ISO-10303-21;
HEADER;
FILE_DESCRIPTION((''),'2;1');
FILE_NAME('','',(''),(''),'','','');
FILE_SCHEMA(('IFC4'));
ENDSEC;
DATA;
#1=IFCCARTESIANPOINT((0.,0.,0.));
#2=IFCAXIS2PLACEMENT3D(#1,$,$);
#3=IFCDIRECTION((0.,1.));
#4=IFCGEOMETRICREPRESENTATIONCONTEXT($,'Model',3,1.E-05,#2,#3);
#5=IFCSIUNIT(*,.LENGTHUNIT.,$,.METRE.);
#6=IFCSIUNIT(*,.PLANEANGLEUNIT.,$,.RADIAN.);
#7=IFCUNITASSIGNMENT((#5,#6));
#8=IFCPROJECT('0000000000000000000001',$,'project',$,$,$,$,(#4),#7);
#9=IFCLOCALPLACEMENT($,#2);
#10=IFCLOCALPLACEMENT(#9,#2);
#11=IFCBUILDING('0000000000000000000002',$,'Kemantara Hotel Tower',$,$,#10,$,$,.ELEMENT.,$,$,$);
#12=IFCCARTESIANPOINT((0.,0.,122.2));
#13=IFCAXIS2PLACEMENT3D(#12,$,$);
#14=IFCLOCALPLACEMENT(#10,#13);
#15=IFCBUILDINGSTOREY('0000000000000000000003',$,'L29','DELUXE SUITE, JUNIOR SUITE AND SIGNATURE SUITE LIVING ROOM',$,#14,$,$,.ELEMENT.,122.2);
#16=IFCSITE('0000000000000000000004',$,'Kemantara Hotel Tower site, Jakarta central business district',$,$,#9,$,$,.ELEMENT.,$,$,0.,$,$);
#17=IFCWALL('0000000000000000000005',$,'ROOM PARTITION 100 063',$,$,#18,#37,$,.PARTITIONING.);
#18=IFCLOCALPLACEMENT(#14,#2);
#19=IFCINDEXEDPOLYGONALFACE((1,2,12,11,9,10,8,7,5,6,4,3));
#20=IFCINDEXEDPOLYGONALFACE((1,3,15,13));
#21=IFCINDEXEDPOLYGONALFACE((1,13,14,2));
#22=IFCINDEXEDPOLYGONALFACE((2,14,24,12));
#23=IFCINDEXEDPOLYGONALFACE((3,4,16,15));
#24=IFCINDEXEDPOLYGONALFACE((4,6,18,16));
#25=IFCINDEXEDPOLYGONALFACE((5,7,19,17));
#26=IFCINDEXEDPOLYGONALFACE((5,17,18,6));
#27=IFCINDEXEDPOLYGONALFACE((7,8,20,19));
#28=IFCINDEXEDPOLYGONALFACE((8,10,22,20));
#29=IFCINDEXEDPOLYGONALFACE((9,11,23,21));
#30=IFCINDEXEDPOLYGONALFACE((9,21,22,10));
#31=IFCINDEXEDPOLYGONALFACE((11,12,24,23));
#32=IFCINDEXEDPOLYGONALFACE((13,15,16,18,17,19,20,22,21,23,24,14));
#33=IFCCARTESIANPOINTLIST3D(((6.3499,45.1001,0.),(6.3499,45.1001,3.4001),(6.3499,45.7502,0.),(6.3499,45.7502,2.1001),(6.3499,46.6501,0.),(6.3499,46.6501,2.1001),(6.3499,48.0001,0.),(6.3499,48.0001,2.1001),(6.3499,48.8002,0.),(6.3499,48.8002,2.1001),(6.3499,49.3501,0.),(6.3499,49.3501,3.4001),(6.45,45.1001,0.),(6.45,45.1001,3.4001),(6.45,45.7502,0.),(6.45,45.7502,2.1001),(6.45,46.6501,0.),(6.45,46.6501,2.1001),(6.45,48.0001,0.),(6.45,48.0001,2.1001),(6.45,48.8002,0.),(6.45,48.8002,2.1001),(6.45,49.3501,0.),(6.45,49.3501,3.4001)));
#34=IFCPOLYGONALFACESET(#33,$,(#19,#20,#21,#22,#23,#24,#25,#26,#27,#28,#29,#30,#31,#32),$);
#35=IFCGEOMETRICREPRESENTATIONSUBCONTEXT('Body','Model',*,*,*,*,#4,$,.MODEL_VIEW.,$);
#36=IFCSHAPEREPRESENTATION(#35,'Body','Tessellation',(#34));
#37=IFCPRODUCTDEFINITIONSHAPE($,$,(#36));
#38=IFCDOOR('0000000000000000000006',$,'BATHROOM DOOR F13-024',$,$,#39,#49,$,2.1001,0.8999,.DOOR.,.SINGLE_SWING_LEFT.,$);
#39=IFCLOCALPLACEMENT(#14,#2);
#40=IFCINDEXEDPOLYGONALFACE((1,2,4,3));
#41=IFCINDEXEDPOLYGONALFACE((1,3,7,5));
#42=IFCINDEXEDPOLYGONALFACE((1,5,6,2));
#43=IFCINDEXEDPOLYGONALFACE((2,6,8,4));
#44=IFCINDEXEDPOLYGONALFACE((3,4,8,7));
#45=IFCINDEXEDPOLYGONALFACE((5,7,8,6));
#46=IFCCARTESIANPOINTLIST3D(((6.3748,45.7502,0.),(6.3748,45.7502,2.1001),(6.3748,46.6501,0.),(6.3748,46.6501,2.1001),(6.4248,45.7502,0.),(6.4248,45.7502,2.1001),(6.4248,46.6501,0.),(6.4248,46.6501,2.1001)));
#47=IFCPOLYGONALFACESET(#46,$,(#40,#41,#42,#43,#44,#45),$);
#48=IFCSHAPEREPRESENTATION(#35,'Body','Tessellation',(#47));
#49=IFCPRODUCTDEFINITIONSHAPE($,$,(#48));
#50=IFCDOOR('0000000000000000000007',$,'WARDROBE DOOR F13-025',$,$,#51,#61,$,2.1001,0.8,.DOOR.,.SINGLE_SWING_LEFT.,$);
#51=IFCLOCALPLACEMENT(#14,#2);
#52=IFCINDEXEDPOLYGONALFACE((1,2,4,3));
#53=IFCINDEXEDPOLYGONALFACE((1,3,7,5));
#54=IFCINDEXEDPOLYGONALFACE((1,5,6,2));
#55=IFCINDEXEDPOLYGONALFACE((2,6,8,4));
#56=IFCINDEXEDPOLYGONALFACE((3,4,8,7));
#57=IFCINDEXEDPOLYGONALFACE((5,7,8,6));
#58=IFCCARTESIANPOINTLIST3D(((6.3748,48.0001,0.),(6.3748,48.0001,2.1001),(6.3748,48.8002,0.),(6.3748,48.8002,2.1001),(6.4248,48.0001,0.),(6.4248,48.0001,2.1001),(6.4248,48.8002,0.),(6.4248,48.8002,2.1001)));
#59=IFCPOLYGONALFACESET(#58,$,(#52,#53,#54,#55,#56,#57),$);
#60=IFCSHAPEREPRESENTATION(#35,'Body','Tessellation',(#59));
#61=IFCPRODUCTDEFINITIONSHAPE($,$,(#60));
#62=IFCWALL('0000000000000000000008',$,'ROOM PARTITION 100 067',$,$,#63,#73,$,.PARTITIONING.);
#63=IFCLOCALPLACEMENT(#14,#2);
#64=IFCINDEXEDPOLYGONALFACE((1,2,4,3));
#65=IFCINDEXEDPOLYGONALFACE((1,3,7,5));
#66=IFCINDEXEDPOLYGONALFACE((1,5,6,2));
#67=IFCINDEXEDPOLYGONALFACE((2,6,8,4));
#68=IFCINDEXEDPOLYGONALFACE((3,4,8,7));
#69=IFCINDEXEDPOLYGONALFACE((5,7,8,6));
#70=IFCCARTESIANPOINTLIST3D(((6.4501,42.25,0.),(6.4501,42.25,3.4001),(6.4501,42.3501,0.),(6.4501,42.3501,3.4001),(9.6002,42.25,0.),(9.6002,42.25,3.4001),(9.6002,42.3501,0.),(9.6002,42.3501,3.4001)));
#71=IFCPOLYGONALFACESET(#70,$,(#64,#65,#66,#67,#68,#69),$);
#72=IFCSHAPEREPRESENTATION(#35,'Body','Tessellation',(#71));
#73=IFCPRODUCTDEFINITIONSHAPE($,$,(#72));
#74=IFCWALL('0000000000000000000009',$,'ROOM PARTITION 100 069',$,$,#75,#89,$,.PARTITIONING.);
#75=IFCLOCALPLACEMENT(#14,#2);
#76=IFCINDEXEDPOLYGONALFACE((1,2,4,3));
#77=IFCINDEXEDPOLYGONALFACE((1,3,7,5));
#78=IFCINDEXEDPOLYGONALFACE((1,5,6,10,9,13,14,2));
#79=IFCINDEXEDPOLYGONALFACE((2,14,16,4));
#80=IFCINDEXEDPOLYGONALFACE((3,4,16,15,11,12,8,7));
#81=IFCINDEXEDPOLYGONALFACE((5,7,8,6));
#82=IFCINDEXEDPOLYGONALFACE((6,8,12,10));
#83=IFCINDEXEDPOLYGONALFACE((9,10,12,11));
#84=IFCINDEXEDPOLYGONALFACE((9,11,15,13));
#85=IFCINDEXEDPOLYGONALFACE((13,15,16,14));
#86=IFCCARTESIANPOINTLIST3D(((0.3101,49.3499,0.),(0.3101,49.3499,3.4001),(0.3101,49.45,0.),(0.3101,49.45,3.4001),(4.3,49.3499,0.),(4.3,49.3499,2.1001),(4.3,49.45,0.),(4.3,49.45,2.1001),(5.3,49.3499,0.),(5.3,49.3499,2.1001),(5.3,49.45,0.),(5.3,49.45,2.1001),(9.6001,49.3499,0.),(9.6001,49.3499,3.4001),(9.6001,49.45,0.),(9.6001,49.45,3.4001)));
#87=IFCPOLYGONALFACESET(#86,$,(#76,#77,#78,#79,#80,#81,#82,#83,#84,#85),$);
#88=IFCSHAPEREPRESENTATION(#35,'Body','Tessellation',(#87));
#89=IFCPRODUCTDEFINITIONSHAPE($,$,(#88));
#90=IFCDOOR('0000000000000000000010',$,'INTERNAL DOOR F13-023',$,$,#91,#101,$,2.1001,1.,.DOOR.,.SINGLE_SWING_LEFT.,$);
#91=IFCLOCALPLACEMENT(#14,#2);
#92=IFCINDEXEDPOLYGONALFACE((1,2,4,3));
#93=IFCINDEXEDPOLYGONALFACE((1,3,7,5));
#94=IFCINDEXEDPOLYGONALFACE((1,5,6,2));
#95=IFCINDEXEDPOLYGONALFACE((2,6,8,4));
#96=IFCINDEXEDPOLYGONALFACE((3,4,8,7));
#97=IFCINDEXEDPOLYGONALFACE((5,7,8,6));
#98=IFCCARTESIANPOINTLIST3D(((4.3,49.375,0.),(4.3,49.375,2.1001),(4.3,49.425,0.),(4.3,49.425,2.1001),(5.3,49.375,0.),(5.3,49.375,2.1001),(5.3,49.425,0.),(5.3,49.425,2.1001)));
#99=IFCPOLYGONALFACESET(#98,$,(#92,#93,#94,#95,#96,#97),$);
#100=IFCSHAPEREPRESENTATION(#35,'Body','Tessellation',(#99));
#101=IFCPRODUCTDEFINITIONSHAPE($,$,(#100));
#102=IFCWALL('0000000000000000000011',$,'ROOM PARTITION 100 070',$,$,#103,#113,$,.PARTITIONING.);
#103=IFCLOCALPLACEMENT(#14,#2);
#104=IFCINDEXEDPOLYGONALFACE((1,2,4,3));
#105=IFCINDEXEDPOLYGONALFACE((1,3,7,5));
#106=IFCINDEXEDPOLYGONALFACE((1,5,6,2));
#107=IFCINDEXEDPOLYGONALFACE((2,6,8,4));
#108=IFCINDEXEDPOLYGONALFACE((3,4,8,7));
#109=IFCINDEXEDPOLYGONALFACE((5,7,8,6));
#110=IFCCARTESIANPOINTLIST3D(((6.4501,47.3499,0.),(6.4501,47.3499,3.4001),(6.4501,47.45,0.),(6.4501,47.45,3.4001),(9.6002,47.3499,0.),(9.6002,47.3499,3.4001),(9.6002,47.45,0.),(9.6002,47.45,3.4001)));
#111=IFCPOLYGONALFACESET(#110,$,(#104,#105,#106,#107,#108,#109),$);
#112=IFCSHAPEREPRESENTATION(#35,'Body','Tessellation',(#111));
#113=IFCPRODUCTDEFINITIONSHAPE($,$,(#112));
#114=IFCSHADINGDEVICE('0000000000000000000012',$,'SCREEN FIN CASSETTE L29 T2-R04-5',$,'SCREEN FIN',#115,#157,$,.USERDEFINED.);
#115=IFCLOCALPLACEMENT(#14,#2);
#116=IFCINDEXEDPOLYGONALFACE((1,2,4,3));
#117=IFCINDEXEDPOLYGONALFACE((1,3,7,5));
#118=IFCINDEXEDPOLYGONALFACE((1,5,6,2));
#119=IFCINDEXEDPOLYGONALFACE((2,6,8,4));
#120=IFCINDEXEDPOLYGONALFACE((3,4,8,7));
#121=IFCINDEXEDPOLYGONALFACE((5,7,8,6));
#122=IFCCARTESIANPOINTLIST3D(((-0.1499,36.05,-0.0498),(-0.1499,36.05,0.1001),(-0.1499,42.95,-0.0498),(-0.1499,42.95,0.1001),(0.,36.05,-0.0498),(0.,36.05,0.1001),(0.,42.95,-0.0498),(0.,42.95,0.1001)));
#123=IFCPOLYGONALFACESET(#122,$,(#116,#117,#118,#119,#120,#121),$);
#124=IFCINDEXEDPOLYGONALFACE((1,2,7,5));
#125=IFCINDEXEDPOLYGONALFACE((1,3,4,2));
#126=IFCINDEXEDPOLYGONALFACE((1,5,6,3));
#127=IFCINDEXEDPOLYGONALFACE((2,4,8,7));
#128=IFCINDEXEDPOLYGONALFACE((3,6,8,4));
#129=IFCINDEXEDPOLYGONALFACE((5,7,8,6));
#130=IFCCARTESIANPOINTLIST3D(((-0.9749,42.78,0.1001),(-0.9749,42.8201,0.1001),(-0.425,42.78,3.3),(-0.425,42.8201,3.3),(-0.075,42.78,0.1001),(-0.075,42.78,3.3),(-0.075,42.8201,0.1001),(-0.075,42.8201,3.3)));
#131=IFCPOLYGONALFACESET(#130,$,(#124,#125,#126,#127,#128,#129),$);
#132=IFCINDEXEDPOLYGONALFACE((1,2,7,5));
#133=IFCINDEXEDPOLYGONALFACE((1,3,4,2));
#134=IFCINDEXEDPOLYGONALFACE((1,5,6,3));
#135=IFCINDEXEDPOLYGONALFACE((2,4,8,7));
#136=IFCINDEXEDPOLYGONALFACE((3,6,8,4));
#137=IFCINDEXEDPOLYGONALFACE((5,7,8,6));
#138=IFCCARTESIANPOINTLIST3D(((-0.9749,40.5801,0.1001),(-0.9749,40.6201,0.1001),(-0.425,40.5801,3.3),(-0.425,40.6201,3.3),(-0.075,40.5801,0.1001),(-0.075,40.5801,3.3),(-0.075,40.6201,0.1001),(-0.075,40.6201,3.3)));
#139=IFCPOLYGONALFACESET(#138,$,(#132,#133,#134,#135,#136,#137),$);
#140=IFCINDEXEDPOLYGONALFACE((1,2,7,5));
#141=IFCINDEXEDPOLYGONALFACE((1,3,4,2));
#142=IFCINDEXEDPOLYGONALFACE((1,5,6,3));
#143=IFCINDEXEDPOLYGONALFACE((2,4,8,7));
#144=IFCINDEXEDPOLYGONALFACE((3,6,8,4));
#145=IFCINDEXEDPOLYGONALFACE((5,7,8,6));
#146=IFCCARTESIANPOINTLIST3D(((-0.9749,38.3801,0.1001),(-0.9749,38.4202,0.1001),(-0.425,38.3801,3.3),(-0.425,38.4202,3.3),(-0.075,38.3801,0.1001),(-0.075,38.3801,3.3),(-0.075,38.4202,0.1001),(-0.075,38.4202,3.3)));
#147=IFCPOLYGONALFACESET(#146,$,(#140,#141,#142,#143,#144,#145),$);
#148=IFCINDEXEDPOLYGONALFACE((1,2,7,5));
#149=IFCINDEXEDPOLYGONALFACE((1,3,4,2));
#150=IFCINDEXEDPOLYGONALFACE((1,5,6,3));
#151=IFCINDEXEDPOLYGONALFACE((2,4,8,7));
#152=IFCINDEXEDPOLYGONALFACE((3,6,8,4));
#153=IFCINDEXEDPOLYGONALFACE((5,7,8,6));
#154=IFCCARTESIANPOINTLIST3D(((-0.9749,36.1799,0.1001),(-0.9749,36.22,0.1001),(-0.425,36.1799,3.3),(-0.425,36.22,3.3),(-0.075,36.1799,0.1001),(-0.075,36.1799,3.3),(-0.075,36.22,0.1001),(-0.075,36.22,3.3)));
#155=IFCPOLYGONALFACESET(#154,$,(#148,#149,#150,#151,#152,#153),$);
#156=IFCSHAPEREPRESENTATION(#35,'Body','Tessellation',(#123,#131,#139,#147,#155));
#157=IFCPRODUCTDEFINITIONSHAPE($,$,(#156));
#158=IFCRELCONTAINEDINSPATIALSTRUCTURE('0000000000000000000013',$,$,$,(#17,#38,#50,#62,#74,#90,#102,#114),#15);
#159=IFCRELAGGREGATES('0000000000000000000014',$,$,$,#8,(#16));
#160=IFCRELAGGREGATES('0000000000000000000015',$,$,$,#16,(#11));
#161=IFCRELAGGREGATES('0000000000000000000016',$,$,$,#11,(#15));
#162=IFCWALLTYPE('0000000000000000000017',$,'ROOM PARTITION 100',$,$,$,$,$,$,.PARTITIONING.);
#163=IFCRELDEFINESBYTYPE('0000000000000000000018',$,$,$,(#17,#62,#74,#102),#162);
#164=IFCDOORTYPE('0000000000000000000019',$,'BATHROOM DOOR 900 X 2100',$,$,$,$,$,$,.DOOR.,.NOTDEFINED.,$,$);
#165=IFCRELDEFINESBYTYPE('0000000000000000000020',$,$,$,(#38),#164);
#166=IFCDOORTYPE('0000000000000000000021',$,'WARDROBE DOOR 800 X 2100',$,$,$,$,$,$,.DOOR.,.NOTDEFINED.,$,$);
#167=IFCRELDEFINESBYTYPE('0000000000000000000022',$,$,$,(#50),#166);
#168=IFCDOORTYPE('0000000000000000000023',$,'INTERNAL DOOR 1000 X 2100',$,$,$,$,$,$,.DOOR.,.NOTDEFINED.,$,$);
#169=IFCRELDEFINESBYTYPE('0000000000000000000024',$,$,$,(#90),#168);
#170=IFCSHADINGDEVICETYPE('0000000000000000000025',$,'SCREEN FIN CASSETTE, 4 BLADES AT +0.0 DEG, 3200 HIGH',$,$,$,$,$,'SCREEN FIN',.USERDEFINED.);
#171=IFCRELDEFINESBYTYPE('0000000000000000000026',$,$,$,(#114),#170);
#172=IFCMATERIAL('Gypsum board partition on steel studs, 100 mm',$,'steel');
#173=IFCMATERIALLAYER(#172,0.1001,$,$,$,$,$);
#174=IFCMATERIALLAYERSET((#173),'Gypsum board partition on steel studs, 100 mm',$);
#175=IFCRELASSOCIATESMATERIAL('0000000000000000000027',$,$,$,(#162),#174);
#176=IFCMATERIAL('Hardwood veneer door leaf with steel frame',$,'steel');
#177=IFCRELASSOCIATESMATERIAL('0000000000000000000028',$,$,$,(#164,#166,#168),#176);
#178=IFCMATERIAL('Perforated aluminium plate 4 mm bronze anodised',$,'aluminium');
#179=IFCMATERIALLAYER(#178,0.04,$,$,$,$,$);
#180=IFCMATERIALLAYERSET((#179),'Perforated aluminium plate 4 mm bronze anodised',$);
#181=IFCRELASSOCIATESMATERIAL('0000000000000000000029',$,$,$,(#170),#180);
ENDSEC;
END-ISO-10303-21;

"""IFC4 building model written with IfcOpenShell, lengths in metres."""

from ifc_helpers import new_model, si_unit, direction, frame, frame_2d, origin, origin_2d, place, context, subcontext, project, spatial, polyline, rectangle, outline, extrude, source, transform, mapped, material, layer, layer_set, type_object, element, fill, save


model = new_model("IFC4")

# Units and contexts
model_context = context("Model", 3, precision=1e-05, world=origin(), true_north=direction((0.0, 1.0)))
body_context = subcontext(model_context, "Body", "Model", "MODEL_VIEW")
ifc_project = project(units=[si_unit("LENGTHUNIT", "METRE"), si_unit("PLANEANGLEUNIT", "RADIAN")], contexts=[model_context])

# Site, building, storey
site_placement = place(None, origin())
site = spatial("IfcSite", under=ifc_project, at=site_placement, Name="Kemantara Hotel Tower site, Jakarta central business district", CompositionType="ELEMENT", RefElevation=0.0)
building_placement = place(site_placement, origin())
building = spatial("IfcBuilding", under=site, at=building_placement, Name="Kemantara Hotel Tower", CompositionType="ELEMENT")
storey_placement = place(building_placement, frame((0.0, 0.0, 122.2)))
storey = spatial("IfcBuildingStorey", under=building, at=storey_placement, Name="L29", Description="DELUXE SUITE, JUNIOR SUITE AND SIGNATURE SUITE LIVING ROOM", CompositionType="ELEMENT", Elevation=122.2)

# Shared definitions
ifc_material_1 = material(Name="Hardwood veneer door leaf with steel frame", Category="steel")

# Shared definitions
ifc_material_2 = material(Name="Gypsum board partition on steel studs, 100 mm", Category="steel")
ifc_layer_1 = layer(ifc_material_2, 0.1001)
ifc_layer_set_1 = layer_set([ifc_layer_1], Name="Gypsum board partition on steel studs, 100 mm")
wall_type_1 = type_object("IfcWallType", Name="ROOM PARTITION 100", PredefinedType="PARTITIONING", material=ifc_layer_set_1)

# Wall, openings, doors
wall_1_placement = place(storey_placement, frame((6.3999, 49.3501, 0.0), z_axis=(0.0, 0.0, 1.0), x_axis=(0.0, -1.0, 0.0)))
wall_1 = element("IfcWall", 1, at=wall_1_placement, inside=storey, type_object=wall_type_1, Name="ROOM PARTITION 100 063", PredefinedType="PARTITIONING", context=body_context, shape_type="SweptSolid", body=[
    extrude(rectangle(XDim=4.25, YDim=0.1001, at=frame_2d((2.125, 0.0))), origin(), (0.0, 0.0, 1.0), 3.4001),
])
opening_1_placement = place(wall_1_placement, frame((2.7, 0.0, 0.0)))
opening_1 = element("IfcOpeningElement", 2, at=opening_1_placement, cuts=wall_1, PredefinedType="OPENING", context=body_context, shape_type="SweptSolid", body=[
    extrude(rectangle(XDim=0.8999, YDim=2.1001, at=frame_2d((0.45, 1.05))), frame((0.0, 0.0601, 0.0), z_axis=(0.0, -1.0, 0.0), x_axis=(1.0, 0.0, 0.0)), (0.0, 0.0, 1.0), 0.1201),
])
opening_2_placement = place(wall_1_placement, frame((0.55, 0.0, 0.0)))
opening_2 = element("IfcOpeningElement", 3, at=opening_2_placement, cuts=wall_1, PredefinedType="OPENING", context=body_context, shape_type="SweptSolid", body=[
    extrude(rectangle(XDim=0.8, YDim=2.1001, at=frame_2d((0.3999, 1.05))), frame((0.0, 0.0601, 0.0), z_axis=(0.0, -1.0, 0.0), x_axis=(1.0, 0.0, 0.0)), (0.0, 0.0, 1.0), 0.1201),
])
door_type_1 = type_object("IfcDoorType", Name="BATHROOM DOOR 900 X 2100", OperationType="NOTDEFINED", PredefinedType="DOOR", material=ifc_material_1)
door_1_placement = place(opening_1_placement, origin())
door_1 = element("IfcDoor", 4, at=door_1_placement, inside=storey, type_object=door_type_1, Name="BATHROOM DOOR F13-024", OperationType="SINGLE_SWING_LEFT", OverallHeight=2.1001, OverallWidth=0.8999, PredefinedType="DOOR", context=body_context, shape_type="SweptSolid", body=[
    extrude(rectangle(XDim=0.8999, YDim=2.1001, at=frame_2d((0.45, 1.05))), frame((0.0, 0.0249, 0.0), z_axis=(0.0, -1.0, 0.0), x_axis=(1.0, 0.0, 0.0)), (0.0, 0.0, 1.0), 0.05),
])
fill(opening_1, door_1)
door_type_2 = type_object("IfcDoorType", Name="WARDROBE DOOR 800 X 2100", OperationType="NOTDEFINED", PredefinedType="DOOR", material=ifc_material_1)
door_2_placement = place(opening_2_placement, origin())
door_2 = element("IfcDoor", 5, at=door_2_placement, inside=storey, type_object=door_type_2, Name="WARDROBE DOOR F13-025", OperationType="SINGLE_SWING_LEFT", OverallHeight=2.1001, OverallWidth=0.8, PredefinedType="DOOR", context=body_context, shape_type="SweptSolid", body=[
    extrude(rectangle(XDim=0.8, YDim=2.1001, at=frame_2d((0.3999, 1.05))), frame((0.0, 0.0249, 0.0), z_axis=(0.0, -1.0, 0.0), x_axis=(1.0, 0.0, 0.0)), (0.0, 0.0, 1.0), 0.05),
])
fill(opening_2, door_2)

# Wall
wall_2_placement = place(storey_placement, frame((6.45, 42.3, 0.0), z_axis=(0.0, 0.0, 1.0), x_axis=(1.0, 0.0, 0.0)))
element("IfcWall", 6, at=wall_2_placement, inside=storey, type_object=wall_type_1, Name="ROOM PARTITION 100 067", PredefinedType="PARTITIONING", context=body_context, shape_type="SweptSolid", body=[
    extrude(rectangle(XDim=3.1501, YDim=0.1001, at=frame_2d((1.5752, 0.0))), origin(), (0.0, 0.0, 1.0), 3.4001),
])

# Wall, opening, door
wall_3_placement = place(storey_placement, frame((9.6001, 49.3999, 0.0), z_axis=(0.0, 0.0, 1.0), x_axis=(-1.0, 0.0, 0.0)))
wall_3 = element("IfcWall", 7, at=wall_3_placement, inside=storey, type_object=wall_type_1, Name="ROOM PARTITION 100 069", PredefinedType="PARTITIONING", context=body_context, shape_type="SweptSolid", body=[
    extrude(rectangle(XDim=9.29, YDim=0.1001, at=frame_2d((4.645, 0.0))), origin(), (0.0, 0.0, 1.0), 3.4001),
])
opening_3_placement = place(wall_3_placement, frame((4.3, 0.0, 0.0)))
opening_3 = element("IfcOpeningElement", 8, at=opening_3_placement, cuts=wall_3, PredefinedType="OPENING", context=body_context, shape_type="SweptSolid", body=[
    extrude(rectangle(XDim=1.0, YDim=2.1001, at=frame_2d((0.5, 1.05))), frame((0.0, 0.0601, 0.0), z_axis=(0.0, -1.0, 0.0), x_axis=(1.0, 0.0, 0.0)), (0.0, 0.0, 1.0), 0.1201),
])
door_type_3 = type_object("IfcDoorType", Name="INTERNAL DOOR 1000 X 2100", OperationType="NOTDEFINED", PredefinedType="DOOR", material=ifc_material_1)
door_3_placement = place(opening_3_placement, origin())
door_3 = element("IfcDoor", 9, at=door_3_placement, inside=storey, type_object=door_type_3, Name="INTERNAL DOOR F13-023", OperationType="SINGLE_SWING_LEFT", OverallHeight=2.1001, OverallWidth=1.0, PredefinedType="DOOR", context=body_context, shape_type="SweptSolid", body=[
    extrude(rectangle(XDim=1.0, YDim=2.1001, at=frame_2d((0.5, 1.05))), frame((0.0, 0.0249, 0.0), z_axis=(0.0, -1.0, 0.0), x_axis=(1.0, 0.0, 0.0)), (0.0, 0.0, 1.0), 0.05),
])
fill(opening_3, door_3)

# Wall
wall_4_placement = place(storey_placement, frame((6.45, 47.3999, 0.0), z_axis=(0.0, 0.0, 1.0), x_axis=(1.0, 0.0, 0.0)))
element("IfcWall", 10, at=wall_4_placement, inside=storey, type_object=wall_type_1, Name="ROOM PARTITION 100 070", PredefinedType="PARTITIONING", context=body_context, shape_type="SweptSolid", body=[
    extrude(rectangle(XDim=3.1501, YDim=0.1001, at=frame_2d((1.5752, 0.0))), origin(), (0.0, 0.0, 1.0), 3.4001),
])

# Shading device
ifc_material_3 = material(Name="Perforated aluminium plate 4 mm bronze anodised", Category="aluminium")
ifc_layer_2 = layer(ifc_material_3, 0.04)
ifc_layer_set_2 = layer_set([ifc_layer_2], Name="Perforated aluminium plate 4 mm bronze anodised")
shading_device_type_1 = type_object("IfcShadingDeviceType", Name="SCREEN FIN CASSETTE, 4 BLADES AT +0.0 DEG, 3200 HIGH", ElementType="SCREEN FIN", PredefinedType="USERDEFINED", material=ifc_layer_set_2)
shared_shape_1 = source(origin(), body_context, "Body", "SweptSolid", [
    extrude(rectangle(XDim=6.8999, YDim=0.1499, at=origin_2d()), frame((3.3, -0.075, -0.1499), z_axis=(0.0, 0.0, 1.0), x_axis=(1.0, 0.0, 0.0)), (0.0, 0.0, 1.0), 0.1499),
    extrude(outline(polyline([(0.0, 0.0), (0.8999, 0.0), (0.3501, 3.2), (0.0, 3.2), (0.0, 0.0)])), frame((0.02, -0.075, 0.0), z_axis=(-1.0, 0.0, 0.0), x_axis=(0.0, -1.0, 0.0)), (0.0, 0.0, 1.0), 0.04),
    extrude(outline(polyline([(0.0, 0.0), (0.8999, 0.0), (0.3501, 3.2), (0.0, 3.2), (0.0, 0.0)])), frame((2.22, -0.075, 0.0), z_axis=(-1.0, 0.0, 0.0), x_axis=(0.0, -1.0, 0.0)), (0.0, 0.0, 1.0), 0.04),
    extrude(outline(polyline([(0.0, 0.0), (0.8999, 0.0), (0.3501, 3.2), (0.0, 3.2), (0.0, 0.0)])), frame((4.4199, -0.075, 0.0), z_axis=(-1.0, 0.0, 0.0), x_axis=(0.0, -1.0, 0.0)), (0.0, 0.0, 1.0), 0.04),
    extrude(outline(polyline([(0.0, 0.0), (0.8999, 0.0), (0.3501, 3.2), (0.0, 3.2), (0.0, 0.0)])), frame((6.6201, -0.075, 0.0), z_axis=(-1.0, 0.0, 0.0), x_axis=(0.0, -1.0, 0.0)), (0.0, 0.0, 1.0), 0.04),
])
shading_device_1_placement = place(storey_placement, frame((0.0, 42.8, 0.1001), z_axis=(0.0, 0.0, 1.0), x_axis=(0.0, -1.0, 0.0)))
element("IfcShadingDevice", 11, at=shading_device_1_placement, inside=storey, type_object=shading_device_type_1, Name="SCREEN FIN CASSETTE L29 T2-R04-5", ObjectType="SCREEN FIN", PredefinedType="USERDEFINED", context=body_context, shape_type="MappedRepresentation", body=[
    mapped(shared_shape_1, transform((0.0, 0.0, 0.0))),
])

save(model, "model.ifc")
